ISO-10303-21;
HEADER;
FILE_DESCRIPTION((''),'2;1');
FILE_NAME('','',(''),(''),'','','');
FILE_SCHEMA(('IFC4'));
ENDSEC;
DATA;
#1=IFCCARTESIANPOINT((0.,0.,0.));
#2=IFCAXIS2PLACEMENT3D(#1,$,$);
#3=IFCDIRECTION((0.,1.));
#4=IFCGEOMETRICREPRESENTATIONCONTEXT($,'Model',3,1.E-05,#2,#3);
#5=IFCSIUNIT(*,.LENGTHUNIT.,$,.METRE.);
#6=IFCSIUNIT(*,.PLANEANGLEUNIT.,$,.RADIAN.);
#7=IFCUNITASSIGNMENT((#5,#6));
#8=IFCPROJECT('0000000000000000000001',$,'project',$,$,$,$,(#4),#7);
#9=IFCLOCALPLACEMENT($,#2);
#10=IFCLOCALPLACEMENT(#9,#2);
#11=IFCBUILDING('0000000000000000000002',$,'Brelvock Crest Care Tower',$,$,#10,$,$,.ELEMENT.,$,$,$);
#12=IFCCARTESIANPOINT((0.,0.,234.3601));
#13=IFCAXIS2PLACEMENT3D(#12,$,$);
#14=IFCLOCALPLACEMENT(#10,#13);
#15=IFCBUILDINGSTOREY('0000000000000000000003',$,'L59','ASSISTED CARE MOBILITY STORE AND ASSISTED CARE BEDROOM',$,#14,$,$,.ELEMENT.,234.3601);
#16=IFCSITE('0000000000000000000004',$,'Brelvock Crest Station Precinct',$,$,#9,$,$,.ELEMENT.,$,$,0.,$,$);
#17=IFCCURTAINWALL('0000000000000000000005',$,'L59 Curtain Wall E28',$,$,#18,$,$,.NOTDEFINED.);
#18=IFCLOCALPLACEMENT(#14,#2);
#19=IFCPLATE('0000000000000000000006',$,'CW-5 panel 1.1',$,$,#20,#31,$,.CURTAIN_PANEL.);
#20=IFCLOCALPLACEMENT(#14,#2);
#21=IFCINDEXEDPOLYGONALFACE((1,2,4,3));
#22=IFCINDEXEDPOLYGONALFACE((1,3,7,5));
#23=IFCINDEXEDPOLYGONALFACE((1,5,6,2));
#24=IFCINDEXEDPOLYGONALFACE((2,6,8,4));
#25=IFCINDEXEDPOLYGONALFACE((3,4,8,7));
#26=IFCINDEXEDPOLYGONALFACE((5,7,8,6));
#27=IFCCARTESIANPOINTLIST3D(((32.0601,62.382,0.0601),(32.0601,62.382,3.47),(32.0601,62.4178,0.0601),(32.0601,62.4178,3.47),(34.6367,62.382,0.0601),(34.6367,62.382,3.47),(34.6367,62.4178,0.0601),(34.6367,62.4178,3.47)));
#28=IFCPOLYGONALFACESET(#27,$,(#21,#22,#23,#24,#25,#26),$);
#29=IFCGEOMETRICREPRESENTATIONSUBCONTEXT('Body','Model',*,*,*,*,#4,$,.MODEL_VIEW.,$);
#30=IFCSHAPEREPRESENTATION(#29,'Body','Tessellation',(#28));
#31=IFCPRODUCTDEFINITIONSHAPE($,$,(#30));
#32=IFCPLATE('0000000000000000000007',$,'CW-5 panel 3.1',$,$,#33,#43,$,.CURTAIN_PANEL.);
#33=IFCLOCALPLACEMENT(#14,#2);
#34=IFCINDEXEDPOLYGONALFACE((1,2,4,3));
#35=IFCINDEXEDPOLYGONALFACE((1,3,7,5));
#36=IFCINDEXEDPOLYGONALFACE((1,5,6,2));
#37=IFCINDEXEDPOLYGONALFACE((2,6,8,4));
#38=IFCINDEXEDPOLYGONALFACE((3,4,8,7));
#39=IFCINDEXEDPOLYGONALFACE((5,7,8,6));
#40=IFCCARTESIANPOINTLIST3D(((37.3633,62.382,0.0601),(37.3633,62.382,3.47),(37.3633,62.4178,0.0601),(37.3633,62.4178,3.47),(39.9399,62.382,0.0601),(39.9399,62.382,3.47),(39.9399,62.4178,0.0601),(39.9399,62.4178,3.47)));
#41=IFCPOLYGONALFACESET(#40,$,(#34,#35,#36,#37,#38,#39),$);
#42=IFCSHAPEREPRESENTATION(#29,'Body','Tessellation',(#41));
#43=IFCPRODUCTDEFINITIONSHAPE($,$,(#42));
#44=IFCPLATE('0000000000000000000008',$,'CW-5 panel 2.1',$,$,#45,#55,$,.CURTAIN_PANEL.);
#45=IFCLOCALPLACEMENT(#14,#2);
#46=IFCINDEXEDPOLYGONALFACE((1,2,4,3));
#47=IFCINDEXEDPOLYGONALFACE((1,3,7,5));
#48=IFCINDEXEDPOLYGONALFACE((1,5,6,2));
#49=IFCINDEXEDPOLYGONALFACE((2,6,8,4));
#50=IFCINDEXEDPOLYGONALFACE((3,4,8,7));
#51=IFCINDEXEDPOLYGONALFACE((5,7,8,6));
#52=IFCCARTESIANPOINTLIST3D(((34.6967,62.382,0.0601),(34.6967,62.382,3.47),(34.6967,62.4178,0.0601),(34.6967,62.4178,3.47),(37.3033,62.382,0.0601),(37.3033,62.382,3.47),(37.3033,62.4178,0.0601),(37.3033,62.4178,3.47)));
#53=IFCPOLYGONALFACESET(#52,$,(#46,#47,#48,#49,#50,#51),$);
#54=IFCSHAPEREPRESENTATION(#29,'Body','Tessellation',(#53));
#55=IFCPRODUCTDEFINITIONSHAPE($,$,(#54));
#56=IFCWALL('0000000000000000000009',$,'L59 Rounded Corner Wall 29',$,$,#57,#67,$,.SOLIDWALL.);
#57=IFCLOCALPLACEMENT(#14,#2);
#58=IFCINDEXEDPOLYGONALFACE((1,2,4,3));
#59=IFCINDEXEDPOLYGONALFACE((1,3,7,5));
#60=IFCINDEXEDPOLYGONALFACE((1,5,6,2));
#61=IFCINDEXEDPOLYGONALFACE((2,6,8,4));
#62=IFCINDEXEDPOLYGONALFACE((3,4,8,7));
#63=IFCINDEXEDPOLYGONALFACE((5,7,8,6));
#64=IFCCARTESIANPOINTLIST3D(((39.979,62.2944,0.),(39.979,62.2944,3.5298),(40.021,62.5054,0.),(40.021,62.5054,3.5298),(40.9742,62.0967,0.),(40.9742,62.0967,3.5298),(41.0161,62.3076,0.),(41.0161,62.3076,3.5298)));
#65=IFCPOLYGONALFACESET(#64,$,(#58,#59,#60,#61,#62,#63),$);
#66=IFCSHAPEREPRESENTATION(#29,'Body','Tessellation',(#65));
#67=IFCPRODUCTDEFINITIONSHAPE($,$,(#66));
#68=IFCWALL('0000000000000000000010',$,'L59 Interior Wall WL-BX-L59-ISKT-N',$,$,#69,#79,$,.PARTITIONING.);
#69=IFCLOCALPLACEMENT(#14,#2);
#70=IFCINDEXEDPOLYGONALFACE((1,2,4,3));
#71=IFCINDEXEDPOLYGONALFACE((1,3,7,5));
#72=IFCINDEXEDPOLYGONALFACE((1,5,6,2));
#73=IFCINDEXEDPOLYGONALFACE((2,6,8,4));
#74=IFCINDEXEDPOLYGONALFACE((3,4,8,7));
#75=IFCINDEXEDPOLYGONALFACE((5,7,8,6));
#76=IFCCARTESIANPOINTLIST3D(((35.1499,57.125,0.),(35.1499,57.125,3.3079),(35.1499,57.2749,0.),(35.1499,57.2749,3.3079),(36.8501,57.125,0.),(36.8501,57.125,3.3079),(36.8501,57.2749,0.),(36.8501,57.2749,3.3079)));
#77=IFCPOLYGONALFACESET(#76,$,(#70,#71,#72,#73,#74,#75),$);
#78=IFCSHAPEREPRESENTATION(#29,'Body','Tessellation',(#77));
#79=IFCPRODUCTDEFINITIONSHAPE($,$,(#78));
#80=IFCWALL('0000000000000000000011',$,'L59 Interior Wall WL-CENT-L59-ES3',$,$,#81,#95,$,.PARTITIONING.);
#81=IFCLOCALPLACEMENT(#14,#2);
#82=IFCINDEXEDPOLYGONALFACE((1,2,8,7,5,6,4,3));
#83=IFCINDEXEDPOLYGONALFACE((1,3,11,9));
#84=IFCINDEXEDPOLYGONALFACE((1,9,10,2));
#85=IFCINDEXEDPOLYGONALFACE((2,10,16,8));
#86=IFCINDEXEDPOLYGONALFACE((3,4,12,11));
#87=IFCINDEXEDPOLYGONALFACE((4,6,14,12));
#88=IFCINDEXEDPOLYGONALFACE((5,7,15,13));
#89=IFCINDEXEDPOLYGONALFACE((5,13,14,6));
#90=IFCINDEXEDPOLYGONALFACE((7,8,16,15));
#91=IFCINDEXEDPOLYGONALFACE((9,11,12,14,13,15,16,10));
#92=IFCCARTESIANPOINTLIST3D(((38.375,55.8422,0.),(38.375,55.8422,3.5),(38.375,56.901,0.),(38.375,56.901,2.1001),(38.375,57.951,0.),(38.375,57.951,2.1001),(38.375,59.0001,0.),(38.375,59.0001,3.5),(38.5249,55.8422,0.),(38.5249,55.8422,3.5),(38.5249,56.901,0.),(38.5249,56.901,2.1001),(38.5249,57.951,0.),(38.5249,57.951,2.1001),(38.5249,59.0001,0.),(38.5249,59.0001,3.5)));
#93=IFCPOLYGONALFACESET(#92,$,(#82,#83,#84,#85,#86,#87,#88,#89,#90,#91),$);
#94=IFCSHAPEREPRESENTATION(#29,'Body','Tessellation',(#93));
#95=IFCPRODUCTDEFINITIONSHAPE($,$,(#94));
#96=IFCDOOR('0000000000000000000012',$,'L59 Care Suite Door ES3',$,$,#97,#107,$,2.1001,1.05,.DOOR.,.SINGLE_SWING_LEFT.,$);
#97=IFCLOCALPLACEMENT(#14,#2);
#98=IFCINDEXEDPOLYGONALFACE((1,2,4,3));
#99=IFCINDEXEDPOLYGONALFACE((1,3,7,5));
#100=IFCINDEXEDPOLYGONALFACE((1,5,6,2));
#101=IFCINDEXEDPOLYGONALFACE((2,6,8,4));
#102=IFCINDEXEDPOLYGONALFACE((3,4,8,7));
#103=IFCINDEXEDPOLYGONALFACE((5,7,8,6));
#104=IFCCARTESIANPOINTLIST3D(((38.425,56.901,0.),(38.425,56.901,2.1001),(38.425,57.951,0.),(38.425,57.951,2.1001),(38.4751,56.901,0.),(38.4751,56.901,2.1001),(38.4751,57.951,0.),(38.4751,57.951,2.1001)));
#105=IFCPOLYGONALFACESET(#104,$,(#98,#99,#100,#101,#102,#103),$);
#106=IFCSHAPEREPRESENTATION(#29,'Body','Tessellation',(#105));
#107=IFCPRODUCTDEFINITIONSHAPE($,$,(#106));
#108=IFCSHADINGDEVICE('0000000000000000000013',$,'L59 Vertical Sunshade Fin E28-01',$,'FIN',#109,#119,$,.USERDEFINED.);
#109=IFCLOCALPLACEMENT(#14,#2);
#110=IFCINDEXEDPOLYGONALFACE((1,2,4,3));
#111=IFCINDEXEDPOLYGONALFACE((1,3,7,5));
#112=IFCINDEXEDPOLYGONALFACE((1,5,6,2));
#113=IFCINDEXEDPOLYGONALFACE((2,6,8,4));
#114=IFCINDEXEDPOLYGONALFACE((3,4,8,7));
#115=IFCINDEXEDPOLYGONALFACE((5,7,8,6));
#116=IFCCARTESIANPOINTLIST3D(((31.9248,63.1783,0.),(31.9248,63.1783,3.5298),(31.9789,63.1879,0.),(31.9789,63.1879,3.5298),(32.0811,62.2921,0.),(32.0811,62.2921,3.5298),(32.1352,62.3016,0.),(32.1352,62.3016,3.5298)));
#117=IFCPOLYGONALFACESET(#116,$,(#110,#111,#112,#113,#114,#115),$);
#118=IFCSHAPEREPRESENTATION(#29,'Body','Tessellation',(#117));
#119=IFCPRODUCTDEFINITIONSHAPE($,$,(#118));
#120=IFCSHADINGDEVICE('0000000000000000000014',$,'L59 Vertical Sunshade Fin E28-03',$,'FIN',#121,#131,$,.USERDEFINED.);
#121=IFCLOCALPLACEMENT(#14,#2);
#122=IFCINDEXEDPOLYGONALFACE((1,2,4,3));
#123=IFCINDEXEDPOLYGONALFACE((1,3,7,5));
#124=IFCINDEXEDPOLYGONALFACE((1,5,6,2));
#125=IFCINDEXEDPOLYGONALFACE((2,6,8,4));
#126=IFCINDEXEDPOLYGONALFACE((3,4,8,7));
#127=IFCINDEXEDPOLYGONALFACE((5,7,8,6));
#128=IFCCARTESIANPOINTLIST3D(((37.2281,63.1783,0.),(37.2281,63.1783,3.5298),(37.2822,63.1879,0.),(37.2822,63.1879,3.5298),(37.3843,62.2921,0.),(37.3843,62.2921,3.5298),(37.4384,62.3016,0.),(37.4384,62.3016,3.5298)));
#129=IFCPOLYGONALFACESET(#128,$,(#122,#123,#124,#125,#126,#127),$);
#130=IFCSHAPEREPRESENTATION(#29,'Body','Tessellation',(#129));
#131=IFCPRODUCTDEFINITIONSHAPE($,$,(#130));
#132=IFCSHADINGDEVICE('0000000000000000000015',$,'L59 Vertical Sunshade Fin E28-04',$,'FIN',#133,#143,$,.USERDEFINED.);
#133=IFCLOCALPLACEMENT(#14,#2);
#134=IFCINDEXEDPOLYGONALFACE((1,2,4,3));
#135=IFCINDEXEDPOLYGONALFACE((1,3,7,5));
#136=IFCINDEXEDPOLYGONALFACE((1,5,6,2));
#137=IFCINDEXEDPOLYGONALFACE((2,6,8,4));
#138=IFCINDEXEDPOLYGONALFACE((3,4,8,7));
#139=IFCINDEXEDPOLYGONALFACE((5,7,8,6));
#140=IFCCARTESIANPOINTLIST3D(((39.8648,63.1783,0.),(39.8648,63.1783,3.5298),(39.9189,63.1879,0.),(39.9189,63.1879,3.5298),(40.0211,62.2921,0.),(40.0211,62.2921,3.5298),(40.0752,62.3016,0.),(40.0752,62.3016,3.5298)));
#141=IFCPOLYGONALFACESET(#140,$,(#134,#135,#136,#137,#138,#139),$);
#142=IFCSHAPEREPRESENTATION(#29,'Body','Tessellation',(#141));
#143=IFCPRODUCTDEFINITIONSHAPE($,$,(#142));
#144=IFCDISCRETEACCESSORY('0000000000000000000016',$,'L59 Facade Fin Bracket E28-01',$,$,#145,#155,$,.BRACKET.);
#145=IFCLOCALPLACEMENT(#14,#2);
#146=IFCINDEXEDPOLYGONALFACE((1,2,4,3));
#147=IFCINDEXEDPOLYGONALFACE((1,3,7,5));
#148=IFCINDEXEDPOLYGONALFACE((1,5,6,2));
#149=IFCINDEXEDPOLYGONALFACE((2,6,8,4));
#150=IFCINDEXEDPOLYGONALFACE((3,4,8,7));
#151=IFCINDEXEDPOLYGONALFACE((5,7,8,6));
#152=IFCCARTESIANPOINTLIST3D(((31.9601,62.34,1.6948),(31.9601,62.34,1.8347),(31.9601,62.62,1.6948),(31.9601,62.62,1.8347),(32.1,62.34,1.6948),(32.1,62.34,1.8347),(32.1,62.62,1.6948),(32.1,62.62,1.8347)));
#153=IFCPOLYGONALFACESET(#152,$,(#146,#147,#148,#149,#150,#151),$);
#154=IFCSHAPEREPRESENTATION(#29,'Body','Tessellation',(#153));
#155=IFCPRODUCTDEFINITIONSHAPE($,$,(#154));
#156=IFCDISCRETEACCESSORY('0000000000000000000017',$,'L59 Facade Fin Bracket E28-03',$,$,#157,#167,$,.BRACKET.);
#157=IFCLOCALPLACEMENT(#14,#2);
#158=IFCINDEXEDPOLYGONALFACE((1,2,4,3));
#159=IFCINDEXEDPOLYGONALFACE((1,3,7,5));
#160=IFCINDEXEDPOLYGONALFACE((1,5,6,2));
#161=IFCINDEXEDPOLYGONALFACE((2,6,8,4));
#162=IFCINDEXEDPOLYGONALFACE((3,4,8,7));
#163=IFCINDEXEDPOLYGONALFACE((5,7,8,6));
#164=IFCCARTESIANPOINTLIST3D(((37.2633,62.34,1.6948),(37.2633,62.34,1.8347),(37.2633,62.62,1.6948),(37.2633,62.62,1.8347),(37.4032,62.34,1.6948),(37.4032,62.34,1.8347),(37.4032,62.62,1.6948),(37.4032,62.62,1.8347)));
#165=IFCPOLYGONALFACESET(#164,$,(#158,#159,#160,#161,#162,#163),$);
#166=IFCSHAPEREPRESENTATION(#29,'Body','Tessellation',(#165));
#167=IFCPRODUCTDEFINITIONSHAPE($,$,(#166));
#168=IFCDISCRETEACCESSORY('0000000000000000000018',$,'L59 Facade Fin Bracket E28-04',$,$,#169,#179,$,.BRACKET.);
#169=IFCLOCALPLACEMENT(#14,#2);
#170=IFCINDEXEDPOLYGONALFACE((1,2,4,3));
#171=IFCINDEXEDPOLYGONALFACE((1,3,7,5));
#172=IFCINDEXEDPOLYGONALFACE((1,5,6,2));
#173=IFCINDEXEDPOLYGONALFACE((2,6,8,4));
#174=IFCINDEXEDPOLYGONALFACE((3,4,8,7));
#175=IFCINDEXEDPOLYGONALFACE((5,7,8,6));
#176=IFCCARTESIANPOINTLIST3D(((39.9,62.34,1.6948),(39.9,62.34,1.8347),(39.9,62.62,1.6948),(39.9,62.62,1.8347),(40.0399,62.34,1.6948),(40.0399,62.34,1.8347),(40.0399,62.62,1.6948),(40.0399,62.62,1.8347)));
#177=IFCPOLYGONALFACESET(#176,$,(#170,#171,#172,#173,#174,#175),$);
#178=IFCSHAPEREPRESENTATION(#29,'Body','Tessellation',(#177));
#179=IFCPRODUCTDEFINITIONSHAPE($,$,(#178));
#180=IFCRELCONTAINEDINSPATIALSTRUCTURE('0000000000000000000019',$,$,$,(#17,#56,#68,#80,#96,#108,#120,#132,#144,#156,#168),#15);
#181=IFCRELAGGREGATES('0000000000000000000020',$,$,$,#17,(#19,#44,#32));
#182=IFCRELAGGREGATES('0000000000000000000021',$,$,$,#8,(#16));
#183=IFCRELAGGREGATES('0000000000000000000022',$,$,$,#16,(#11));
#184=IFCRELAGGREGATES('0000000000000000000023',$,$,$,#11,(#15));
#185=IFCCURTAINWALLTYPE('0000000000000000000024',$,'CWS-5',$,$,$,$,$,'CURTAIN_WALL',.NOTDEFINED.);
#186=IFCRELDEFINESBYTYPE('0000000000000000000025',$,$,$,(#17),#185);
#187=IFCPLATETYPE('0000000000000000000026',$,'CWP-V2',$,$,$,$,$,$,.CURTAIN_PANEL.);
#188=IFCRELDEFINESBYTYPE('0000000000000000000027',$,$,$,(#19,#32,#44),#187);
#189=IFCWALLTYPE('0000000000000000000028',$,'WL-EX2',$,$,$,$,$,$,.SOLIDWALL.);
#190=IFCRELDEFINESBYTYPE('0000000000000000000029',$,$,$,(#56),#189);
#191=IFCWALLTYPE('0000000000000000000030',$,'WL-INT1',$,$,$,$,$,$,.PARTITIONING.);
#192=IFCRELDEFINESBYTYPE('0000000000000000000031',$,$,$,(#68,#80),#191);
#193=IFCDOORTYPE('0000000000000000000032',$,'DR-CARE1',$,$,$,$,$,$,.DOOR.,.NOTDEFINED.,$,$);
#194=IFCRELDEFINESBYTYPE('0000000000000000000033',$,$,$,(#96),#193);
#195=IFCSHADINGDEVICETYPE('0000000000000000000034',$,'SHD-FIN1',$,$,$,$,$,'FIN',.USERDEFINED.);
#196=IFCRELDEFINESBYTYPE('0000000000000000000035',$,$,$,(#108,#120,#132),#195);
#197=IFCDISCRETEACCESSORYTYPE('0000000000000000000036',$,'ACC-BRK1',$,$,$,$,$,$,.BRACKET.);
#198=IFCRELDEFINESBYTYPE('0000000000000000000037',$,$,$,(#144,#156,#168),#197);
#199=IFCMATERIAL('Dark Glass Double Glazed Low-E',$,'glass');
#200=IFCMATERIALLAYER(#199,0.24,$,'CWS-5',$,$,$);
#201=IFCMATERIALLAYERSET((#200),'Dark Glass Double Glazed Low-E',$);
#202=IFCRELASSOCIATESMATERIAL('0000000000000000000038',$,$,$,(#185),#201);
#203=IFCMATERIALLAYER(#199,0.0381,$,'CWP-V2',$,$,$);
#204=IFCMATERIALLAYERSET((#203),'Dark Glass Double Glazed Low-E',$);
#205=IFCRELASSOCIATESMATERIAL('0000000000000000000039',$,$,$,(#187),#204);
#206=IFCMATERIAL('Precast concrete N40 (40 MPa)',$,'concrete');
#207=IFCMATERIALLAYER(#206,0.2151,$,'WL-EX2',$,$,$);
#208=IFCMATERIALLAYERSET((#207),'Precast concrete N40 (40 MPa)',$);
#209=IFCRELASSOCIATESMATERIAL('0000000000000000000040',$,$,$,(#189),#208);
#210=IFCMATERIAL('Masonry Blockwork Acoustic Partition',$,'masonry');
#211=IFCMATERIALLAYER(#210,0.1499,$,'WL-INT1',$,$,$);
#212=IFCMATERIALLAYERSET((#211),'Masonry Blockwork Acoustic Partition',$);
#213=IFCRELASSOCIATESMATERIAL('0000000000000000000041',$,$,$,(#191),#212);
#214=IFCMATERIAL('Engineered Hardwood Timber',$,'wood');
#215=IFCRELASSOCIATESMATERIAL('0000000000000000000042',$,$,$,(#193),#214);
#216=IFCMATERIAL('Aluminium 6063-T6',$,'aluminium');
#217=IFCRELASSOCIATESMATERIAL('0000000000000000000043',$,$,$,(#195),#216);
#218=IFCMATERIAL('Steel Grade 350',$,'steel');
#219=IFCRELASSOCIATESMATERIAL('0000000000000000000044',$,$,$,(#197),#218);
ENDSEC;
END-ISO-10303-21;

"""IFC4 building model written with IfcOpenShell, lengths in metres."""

from ifc_helpers import new_model, si_unit, direction, frame, frame_2d, origin, origin_2d, place, context, subcontext, project, spatial, rectangle, extrude, source, transform, mapped, material, layer, layer_set, material_profile, profile_set, type_object, element, fill, aggregate, save


model = new_model("IFC4")

# Units and contexts
model_context = context("Model", 3, precision=1e-05, world=origin(), true_north=direction((0.0, 1.0)))
body_context = subcontext(model_context, "Body", "Model", "MODEL_VIEW")
ifc_project = project(units=[si_unit("LENGTHUNIT", "METRE"), si_unit("PLANEANGLEUNIT", "RADIAN")], contexts=[model_context])

# Site, building, storey
site_placement = place(None, origin())
site = spatial("IfcSite", under=ifc_project, at=site_placement, Name="Brelvock Crest Station Precinct", CompositionType="ELEMENT", RefElevation=0.0)
building_placement = place(site_placement, origin())
building = spatial("IfcBuilding", under=site, at=building_placement, Name="Brelvock Crest Care Tower", CompositionType="ELEMENT")
storey_placement = place(building_placement, frame((0.0, 0.0, 234.3601)))
storey = spatial("IfcBuildingStorey", under=building, at=storey_placement, Name="L59", Description="ASSISTED CARE MOBILITY STORE AND ASSISTED CARE BEDROOM", CompositionType="ELEMENT", Elevation=234.3601)

# Shared definitions
ifc_material_1 = material(Name="Steel Grade 350", Category="steel")

# Curtain wall, plates
ifc_material_2 = material(Name="Dark Glass Double Glazed Low-E", Category="glass")
ifc_layer_1 = layer(ifc_material_2, 0.24, Name="CWS-5")
ifc_layer_set_1 = layer_set([ifc_layer_1], Name="Dark Glass Double Glazed Low-E")
curtain_wall_type = type_object("IfcCurtainWallType", Name="CWS-5", ElementType="CURTAIN_WALL", PredefinedType="NOTDEFINED", material=ifc_layer_set_1)
curtain_wall_placement = place(storey_placement, origin())
curtain_wall = element("IfcCurtainWall", 1, at=curtain_wall_placement, inside=storey, type_object=curtain_wall_type, Name="L59 Curtain Wall E28", PredefinedType="NOTDEFINED")
ifc_material_3 = material(Name="Aluminium 6063-T6", Category="aluminium")
ifc_layer_2 = layer(ifc_material_2, 0.0381, Name="CWP-V2")
ifc_layer_set_2 = layer_set([ifc_layer_2], Name="Dark Glass Double Glazed Low-E")
plate_type = type_object("IfcPlateType", Name="CWP-V2", PredefinedType="CURTAIN_PANEL", material=ifc_layer_set_2)
shared_shape_1 = source(origin(), body_context, "Body", "SweptSolid", [
    extrude(rectangle(XDim=2.5767, YDim=0.0359, at=origin_2d()), origin(), (0.0, 0.0, 1.0), 3.4099),
])
plate_1_placement = place(storey_placement, frame((33.3484, 62.3999, 0.0601), z_axis=(0.0, 0.0, 1.0), x_axis=(1.0, 0.0, 0.0)))
plate_1 = element("IfcPlate", 2, at=plate_1_placement, type_object=plate_type, Name="CW-5 panel 1.1", PredefinedType="CURTAIN_PANEL", context=body_context, shape_type="MappedRepresentation", body=[
    mapped(shared_shape_1, transform((0.0, 0.0, 0.0), x_axis=(1.0, 0.0, 0.0), y_axis=(0.0, 1.0, 0.0), z_axis=(0.0, 0.0, 1.0), scale=1.0)),
])
plate_2_placement = place(storey_placement, frame((38.6516, 62.3999, 0.0601), z_axis=(0.0, 0.0, 1.0), x_axis=(1.0, 0.0, 0.0)))
plate_2 = element("IfcPlate", 3, at=plate_2_placement, type_object=plate_type, Name="CW-5 panel 3.1", PredefinedType="CURTAIN_PANEL", context=body_context, shape_type="MappedRepresentation", body=[
    mapped(shared_shape_1, transform((0.0, 0.0, 0.0), x_axis=(1.0, 0.0, 0.0), y_axis=(0.0, 1.0, 0.0), z_axis=(0.0, 0.0, 1.0), scale=1.0)),
])
shared_shape_2 = source(origin(), body_context, "Body", "SweptSolid", [
    extrude(rectangle(XDim=2.6067, YDim=0.0359, at=origin_2d()), origin(), (0.0, 0.0, 1.0), 3.4099),
])
plate_3_placement = place(storey_placement, frame((36.0, 62.3999, 0.0601), z_axis=(0.0, 0.0, 1.0), x_axis=(1.0, 0.0, 0.0)))
plate_3 = element("IfcPlate", 4, at=plate_3_placement, type_object=plate_type, Name="CW-5 panel 2.1", PredefinedType="CURTAIN_PANEL", context=body_context, shape_type="MappedRepresentation", body=[
    mapped(shared_shape_2, transform((0.0, 0.0, 0.0), x_axis=(1.0, 0.0, 0.0), y_axis=(0.0, 1.0, 0.0), z_axis=(0.0, 0.0, 1.0), scale=1.0)),
])
aggregate(curtain_wall, [plate_1, plate_3, plate_2])

# Walls
ifc_material_4 = material(Name="Precast concrete N40 (40 MPa)", Category="concrete")
ifc_layer_3 = layer(ifc_material_4, 0.2151, Name="WL-EX2")
ifc_layer_set_3 = layer_set([ifc_layer_3], Name="Precast concrete N40 (40 MPa)")
wall_type_1 = type_object("IfcWallType", Name="WL-EX2", PredefinedType="SOLIDWALL", material=ifc_layer_set_3)
wall_1_placement = place(storey_placement, frame((40.0, 62.3999, 0.0), z_axis=(0.0, 0.0, 1.0), x_axis=(0.980821, -0.194913, 0.0)))
element("IfcWall", 5, at=wall_1_placement, inside=storey, type_object=wall_type_1, Name="L59 Rounded Corner Wall 29", PredefinedType="SOLIDWALL", context=body_context, shape_type="SweptSolid", body=[
    extrude(rectangle(XDim=1.0146, YDim=0.2151, at=frame_2d((0.5073, 0.0))), origin(), (0.0, 0.0, 1.0), 3.5298),
])
ifc_material_5 = material(Name="Masonry Blockwork Acoustic Partition", Category="masonry")
ifc_layer_4 = layer(ifc_material_5, 0.1499, Name="WL-INT1")
ifc_layer_set_4 = layer_set([ifc_layer_4], Name="Masonry Blockwork Acoustic Partition")
wall_type_2 = type_object("IfcWallType", Name="WL-INT1", PredefinedType="PARTITIONING", material=ifc_layer_set_4)
wall_2_placement = place(storey_placement, frame((35.1499, 57.2, 0.0), z_axis=(0.0, 0.0, 1.0), x_axis=(1.0, 0.0, 0.0)))
element("IfcWall", 6, at=wall_2_placement, inside=storey, type_object=wall_type_2, Name="L59 Interior Wall WL-BX-L59-ISKT-N", PredefinedType="PARTITIONING", context=body_context, shape_type="SweptSolid", body=[
    extrude(rectangle(XDim=1.7002, YDim=0.1499, at=frame_2d((0.8501, 0.0))), origin(), (0.0, 0.0, 1.0), 3.3079),
])

# Wall, opening, door
wall_3_placement = place(storey_placement, frame((38.45, 55.842, 0.0), z_axis=(0.0, 0.0, 1.0), x_axis=(0.0, 1.0, 0.0)))
wall_3 = element("IfcWall", 7, at=wall_3_placement, inside=storey, type_object=wall_type_2, Name="L59 Interior Wall WL-CENT-L59-ES3", PredefinedType="PARTITIONING", context=body_context, shape_type="SweptSolid", body=[
    extrude(rectangle(XDim=3.158, YDim=0.1499, at=frame_2d((1.5791, 0.0))), origin(), (0.0, 0.0, 1.0), 3.5),
])
opening_placement = place(wall_3_placement, frame((1.0591, 0.0, 0.0)))
opening = element("IfcOpeningElement", 8, at=opening_placement, cuts=wall_3, PredefinedType="OPENING", context=body_context, shape_type="SweptSolid", body=[
    extrude(rectangle(XDim=1.05, YDim=2.1001, at=origin_2d()), frame((0.5249, 0.085, 1.05), z_axis=(0.0, -1.0, 0.0), x_axis=(1.0, 0.0, 0.0)), (0.0, 0.0, 1.0), 0.1699),
])
ifc_material_6 = material(Name="Engineered Hardwood Timber", Category="wood")
door_type = type_object("IfcDoorType", Name="DR-CARE1", OperationType="NOTDEFINED", PredefinedType="DOOR", material=ifc_material_6)
shared_shape_3 = source(origin(), body_context, "Body", "SweptSolid", [
    extrude(rectangle(XDim=1.05, YDim=2.1001, at=origin_2d()), frame((0.5249, 0.0249, 1.05), z_axis=(0.0, -1.0, 0.0), x_axis=(1.0, 0.0, 0.0)), (0.0, 0.0, 1.0), 0.05),
])
door_placement = place(opening_placement, origin())
door = element("IfcDoor", 9, at=door_placement, inside=storey, type_object=door_type, Name="L59 Care Suite Door ES3", OperationType="SINGLE_SWING_LEFT", OverallHeight=2.1001, OverallWidth=1.05, PredefinedType="DOOR", context=body_context, shape_type="MappedRepresentation", body=[
    mapped(shared_shape_3, transform((0.0, 0.0, 0.0), x_axis=(1.0, 0.0, 0.0), y_axis=(0.0, 1.0, 0.0), z_axis=(0.0, 0.0, 1.0), scale=1.0)),
])
fill(opening, door)

# Shading devices
ifc_material_profile_1 = material_profile(ifc_material_3, rectangle(XDim=0.0549, YDim=0.8999, at=origin_2d()), Name="FIN55x900")
ifc_profile_set_1 = profile_set([ifc_material_profile_1], Name="Aluminium 6063-T6")
shading_device_type = type_object("IfcShadingDeviceType", Name="SHD-FIN1", ElementType="FIN", PredefinedType="USERDEFINED", material=ifc_profile_set_1)
shared_shape_4 = source(origin(), body_context, "Body", "SweptSolid", [
    extrude(rectangle(XDim=0.0549, YDim=0.8999, at=origin_2d()), origin(), (0.0, 0.0, 1.0), 3.5298),
])
for number, where, z_axis, x_axis, name in (
    (10, (32.03, 62.74, 0.0), (0.0, 0.0, 1.0), (0.984808, 0.173648, 0.0), "L59 Vertical Sunshade Fin E28-01"),
    (11, (37.3333, 62.74, 0.0), (0.0, 0.0, 1.0), (0.984808, 0.173648, 0.0), "L59 Vertical Sunshade Fin E28-03"),
    (12, (39.97, 62.74, 0.0), (0.0, 0.0, 1.0), (0.984808, 0.173648, 0.0), "L59 Vertical Sunshade Fin E28-04"),
):
    element("IfcShadingDevice", number, at=place(storey_placement, frame(where, z_axis=z_axis, x_axis=x_axis)), inside=storey, type_object=shading_device_type, Name=name, ObjectType="FIN", PredefinedType="USERDEFINED", context=body_context, shape_type="MappedRepresentation", body=[
        mapped(shared_shape_4, transform((0.0, 0.0, 0.0), x_axis=(1.0, 0.0, 0.0), y_axis=(0.0, 1.0, 0.0), z_axis=(0.0, 0.0, 1.0), scale=1.0)),
    ])

# Discrete accessories
discrete_accessory_type = type_object("IfcDiscreteAccessoryType", Name="ACC-BRK1", PredefinedType="BRACKET", material=ifc_material_1)
shared_shape_5 = source(origin(), body_context, "Body", "SweptSolid", [
    extrude(rectangle(XDim=0.28, YDim=0.1399, at=origin_2d()), origin(), (0.0, 0.0, 1.0), 0.1399),
])
for number, where, z_axis, x_axis, name in (
    (13, (32.03, 62.48, 1.6948), (0.0, 0.0, 1.0), (0.0, 1.0, 0.0), "L59 Facade Fin Bracket E28-01"),
    (14, (37.3333, 62.48, 1.6948), (0.0, 0.0, 1.0), (0.0, 1.0, 0.0), "L59 Facade Fin Bracket E28-03"),
    (15, (39.97, 62.48, 1.6948), (0.0, 0.0, 1.0), (0.0, 1.0, 0.0), "L59 Facade Fin Bracket E28-04"),
):
    element("IfcDiscreteAccessory", number, at=place(storey_placement, frame(where, z_axis=z_axis, x_axis=x_axis)), inside=storey, type_object=discrete_accessory_type, Name=name, PredefinedType="BRACKET", context=body_context, shape_type="MappedRepresentation", body=[
        mapped(shared_shape_5, transform((0.0, 0.0, 0.0), x_axis=(1.0, 0.0, 0.0), y_axis=(0.0, 1.0, 0.0), z_axis=(0.0, 0.0, 1.0), scale=1.0)),
    ])

save(model, "model.ifc")
